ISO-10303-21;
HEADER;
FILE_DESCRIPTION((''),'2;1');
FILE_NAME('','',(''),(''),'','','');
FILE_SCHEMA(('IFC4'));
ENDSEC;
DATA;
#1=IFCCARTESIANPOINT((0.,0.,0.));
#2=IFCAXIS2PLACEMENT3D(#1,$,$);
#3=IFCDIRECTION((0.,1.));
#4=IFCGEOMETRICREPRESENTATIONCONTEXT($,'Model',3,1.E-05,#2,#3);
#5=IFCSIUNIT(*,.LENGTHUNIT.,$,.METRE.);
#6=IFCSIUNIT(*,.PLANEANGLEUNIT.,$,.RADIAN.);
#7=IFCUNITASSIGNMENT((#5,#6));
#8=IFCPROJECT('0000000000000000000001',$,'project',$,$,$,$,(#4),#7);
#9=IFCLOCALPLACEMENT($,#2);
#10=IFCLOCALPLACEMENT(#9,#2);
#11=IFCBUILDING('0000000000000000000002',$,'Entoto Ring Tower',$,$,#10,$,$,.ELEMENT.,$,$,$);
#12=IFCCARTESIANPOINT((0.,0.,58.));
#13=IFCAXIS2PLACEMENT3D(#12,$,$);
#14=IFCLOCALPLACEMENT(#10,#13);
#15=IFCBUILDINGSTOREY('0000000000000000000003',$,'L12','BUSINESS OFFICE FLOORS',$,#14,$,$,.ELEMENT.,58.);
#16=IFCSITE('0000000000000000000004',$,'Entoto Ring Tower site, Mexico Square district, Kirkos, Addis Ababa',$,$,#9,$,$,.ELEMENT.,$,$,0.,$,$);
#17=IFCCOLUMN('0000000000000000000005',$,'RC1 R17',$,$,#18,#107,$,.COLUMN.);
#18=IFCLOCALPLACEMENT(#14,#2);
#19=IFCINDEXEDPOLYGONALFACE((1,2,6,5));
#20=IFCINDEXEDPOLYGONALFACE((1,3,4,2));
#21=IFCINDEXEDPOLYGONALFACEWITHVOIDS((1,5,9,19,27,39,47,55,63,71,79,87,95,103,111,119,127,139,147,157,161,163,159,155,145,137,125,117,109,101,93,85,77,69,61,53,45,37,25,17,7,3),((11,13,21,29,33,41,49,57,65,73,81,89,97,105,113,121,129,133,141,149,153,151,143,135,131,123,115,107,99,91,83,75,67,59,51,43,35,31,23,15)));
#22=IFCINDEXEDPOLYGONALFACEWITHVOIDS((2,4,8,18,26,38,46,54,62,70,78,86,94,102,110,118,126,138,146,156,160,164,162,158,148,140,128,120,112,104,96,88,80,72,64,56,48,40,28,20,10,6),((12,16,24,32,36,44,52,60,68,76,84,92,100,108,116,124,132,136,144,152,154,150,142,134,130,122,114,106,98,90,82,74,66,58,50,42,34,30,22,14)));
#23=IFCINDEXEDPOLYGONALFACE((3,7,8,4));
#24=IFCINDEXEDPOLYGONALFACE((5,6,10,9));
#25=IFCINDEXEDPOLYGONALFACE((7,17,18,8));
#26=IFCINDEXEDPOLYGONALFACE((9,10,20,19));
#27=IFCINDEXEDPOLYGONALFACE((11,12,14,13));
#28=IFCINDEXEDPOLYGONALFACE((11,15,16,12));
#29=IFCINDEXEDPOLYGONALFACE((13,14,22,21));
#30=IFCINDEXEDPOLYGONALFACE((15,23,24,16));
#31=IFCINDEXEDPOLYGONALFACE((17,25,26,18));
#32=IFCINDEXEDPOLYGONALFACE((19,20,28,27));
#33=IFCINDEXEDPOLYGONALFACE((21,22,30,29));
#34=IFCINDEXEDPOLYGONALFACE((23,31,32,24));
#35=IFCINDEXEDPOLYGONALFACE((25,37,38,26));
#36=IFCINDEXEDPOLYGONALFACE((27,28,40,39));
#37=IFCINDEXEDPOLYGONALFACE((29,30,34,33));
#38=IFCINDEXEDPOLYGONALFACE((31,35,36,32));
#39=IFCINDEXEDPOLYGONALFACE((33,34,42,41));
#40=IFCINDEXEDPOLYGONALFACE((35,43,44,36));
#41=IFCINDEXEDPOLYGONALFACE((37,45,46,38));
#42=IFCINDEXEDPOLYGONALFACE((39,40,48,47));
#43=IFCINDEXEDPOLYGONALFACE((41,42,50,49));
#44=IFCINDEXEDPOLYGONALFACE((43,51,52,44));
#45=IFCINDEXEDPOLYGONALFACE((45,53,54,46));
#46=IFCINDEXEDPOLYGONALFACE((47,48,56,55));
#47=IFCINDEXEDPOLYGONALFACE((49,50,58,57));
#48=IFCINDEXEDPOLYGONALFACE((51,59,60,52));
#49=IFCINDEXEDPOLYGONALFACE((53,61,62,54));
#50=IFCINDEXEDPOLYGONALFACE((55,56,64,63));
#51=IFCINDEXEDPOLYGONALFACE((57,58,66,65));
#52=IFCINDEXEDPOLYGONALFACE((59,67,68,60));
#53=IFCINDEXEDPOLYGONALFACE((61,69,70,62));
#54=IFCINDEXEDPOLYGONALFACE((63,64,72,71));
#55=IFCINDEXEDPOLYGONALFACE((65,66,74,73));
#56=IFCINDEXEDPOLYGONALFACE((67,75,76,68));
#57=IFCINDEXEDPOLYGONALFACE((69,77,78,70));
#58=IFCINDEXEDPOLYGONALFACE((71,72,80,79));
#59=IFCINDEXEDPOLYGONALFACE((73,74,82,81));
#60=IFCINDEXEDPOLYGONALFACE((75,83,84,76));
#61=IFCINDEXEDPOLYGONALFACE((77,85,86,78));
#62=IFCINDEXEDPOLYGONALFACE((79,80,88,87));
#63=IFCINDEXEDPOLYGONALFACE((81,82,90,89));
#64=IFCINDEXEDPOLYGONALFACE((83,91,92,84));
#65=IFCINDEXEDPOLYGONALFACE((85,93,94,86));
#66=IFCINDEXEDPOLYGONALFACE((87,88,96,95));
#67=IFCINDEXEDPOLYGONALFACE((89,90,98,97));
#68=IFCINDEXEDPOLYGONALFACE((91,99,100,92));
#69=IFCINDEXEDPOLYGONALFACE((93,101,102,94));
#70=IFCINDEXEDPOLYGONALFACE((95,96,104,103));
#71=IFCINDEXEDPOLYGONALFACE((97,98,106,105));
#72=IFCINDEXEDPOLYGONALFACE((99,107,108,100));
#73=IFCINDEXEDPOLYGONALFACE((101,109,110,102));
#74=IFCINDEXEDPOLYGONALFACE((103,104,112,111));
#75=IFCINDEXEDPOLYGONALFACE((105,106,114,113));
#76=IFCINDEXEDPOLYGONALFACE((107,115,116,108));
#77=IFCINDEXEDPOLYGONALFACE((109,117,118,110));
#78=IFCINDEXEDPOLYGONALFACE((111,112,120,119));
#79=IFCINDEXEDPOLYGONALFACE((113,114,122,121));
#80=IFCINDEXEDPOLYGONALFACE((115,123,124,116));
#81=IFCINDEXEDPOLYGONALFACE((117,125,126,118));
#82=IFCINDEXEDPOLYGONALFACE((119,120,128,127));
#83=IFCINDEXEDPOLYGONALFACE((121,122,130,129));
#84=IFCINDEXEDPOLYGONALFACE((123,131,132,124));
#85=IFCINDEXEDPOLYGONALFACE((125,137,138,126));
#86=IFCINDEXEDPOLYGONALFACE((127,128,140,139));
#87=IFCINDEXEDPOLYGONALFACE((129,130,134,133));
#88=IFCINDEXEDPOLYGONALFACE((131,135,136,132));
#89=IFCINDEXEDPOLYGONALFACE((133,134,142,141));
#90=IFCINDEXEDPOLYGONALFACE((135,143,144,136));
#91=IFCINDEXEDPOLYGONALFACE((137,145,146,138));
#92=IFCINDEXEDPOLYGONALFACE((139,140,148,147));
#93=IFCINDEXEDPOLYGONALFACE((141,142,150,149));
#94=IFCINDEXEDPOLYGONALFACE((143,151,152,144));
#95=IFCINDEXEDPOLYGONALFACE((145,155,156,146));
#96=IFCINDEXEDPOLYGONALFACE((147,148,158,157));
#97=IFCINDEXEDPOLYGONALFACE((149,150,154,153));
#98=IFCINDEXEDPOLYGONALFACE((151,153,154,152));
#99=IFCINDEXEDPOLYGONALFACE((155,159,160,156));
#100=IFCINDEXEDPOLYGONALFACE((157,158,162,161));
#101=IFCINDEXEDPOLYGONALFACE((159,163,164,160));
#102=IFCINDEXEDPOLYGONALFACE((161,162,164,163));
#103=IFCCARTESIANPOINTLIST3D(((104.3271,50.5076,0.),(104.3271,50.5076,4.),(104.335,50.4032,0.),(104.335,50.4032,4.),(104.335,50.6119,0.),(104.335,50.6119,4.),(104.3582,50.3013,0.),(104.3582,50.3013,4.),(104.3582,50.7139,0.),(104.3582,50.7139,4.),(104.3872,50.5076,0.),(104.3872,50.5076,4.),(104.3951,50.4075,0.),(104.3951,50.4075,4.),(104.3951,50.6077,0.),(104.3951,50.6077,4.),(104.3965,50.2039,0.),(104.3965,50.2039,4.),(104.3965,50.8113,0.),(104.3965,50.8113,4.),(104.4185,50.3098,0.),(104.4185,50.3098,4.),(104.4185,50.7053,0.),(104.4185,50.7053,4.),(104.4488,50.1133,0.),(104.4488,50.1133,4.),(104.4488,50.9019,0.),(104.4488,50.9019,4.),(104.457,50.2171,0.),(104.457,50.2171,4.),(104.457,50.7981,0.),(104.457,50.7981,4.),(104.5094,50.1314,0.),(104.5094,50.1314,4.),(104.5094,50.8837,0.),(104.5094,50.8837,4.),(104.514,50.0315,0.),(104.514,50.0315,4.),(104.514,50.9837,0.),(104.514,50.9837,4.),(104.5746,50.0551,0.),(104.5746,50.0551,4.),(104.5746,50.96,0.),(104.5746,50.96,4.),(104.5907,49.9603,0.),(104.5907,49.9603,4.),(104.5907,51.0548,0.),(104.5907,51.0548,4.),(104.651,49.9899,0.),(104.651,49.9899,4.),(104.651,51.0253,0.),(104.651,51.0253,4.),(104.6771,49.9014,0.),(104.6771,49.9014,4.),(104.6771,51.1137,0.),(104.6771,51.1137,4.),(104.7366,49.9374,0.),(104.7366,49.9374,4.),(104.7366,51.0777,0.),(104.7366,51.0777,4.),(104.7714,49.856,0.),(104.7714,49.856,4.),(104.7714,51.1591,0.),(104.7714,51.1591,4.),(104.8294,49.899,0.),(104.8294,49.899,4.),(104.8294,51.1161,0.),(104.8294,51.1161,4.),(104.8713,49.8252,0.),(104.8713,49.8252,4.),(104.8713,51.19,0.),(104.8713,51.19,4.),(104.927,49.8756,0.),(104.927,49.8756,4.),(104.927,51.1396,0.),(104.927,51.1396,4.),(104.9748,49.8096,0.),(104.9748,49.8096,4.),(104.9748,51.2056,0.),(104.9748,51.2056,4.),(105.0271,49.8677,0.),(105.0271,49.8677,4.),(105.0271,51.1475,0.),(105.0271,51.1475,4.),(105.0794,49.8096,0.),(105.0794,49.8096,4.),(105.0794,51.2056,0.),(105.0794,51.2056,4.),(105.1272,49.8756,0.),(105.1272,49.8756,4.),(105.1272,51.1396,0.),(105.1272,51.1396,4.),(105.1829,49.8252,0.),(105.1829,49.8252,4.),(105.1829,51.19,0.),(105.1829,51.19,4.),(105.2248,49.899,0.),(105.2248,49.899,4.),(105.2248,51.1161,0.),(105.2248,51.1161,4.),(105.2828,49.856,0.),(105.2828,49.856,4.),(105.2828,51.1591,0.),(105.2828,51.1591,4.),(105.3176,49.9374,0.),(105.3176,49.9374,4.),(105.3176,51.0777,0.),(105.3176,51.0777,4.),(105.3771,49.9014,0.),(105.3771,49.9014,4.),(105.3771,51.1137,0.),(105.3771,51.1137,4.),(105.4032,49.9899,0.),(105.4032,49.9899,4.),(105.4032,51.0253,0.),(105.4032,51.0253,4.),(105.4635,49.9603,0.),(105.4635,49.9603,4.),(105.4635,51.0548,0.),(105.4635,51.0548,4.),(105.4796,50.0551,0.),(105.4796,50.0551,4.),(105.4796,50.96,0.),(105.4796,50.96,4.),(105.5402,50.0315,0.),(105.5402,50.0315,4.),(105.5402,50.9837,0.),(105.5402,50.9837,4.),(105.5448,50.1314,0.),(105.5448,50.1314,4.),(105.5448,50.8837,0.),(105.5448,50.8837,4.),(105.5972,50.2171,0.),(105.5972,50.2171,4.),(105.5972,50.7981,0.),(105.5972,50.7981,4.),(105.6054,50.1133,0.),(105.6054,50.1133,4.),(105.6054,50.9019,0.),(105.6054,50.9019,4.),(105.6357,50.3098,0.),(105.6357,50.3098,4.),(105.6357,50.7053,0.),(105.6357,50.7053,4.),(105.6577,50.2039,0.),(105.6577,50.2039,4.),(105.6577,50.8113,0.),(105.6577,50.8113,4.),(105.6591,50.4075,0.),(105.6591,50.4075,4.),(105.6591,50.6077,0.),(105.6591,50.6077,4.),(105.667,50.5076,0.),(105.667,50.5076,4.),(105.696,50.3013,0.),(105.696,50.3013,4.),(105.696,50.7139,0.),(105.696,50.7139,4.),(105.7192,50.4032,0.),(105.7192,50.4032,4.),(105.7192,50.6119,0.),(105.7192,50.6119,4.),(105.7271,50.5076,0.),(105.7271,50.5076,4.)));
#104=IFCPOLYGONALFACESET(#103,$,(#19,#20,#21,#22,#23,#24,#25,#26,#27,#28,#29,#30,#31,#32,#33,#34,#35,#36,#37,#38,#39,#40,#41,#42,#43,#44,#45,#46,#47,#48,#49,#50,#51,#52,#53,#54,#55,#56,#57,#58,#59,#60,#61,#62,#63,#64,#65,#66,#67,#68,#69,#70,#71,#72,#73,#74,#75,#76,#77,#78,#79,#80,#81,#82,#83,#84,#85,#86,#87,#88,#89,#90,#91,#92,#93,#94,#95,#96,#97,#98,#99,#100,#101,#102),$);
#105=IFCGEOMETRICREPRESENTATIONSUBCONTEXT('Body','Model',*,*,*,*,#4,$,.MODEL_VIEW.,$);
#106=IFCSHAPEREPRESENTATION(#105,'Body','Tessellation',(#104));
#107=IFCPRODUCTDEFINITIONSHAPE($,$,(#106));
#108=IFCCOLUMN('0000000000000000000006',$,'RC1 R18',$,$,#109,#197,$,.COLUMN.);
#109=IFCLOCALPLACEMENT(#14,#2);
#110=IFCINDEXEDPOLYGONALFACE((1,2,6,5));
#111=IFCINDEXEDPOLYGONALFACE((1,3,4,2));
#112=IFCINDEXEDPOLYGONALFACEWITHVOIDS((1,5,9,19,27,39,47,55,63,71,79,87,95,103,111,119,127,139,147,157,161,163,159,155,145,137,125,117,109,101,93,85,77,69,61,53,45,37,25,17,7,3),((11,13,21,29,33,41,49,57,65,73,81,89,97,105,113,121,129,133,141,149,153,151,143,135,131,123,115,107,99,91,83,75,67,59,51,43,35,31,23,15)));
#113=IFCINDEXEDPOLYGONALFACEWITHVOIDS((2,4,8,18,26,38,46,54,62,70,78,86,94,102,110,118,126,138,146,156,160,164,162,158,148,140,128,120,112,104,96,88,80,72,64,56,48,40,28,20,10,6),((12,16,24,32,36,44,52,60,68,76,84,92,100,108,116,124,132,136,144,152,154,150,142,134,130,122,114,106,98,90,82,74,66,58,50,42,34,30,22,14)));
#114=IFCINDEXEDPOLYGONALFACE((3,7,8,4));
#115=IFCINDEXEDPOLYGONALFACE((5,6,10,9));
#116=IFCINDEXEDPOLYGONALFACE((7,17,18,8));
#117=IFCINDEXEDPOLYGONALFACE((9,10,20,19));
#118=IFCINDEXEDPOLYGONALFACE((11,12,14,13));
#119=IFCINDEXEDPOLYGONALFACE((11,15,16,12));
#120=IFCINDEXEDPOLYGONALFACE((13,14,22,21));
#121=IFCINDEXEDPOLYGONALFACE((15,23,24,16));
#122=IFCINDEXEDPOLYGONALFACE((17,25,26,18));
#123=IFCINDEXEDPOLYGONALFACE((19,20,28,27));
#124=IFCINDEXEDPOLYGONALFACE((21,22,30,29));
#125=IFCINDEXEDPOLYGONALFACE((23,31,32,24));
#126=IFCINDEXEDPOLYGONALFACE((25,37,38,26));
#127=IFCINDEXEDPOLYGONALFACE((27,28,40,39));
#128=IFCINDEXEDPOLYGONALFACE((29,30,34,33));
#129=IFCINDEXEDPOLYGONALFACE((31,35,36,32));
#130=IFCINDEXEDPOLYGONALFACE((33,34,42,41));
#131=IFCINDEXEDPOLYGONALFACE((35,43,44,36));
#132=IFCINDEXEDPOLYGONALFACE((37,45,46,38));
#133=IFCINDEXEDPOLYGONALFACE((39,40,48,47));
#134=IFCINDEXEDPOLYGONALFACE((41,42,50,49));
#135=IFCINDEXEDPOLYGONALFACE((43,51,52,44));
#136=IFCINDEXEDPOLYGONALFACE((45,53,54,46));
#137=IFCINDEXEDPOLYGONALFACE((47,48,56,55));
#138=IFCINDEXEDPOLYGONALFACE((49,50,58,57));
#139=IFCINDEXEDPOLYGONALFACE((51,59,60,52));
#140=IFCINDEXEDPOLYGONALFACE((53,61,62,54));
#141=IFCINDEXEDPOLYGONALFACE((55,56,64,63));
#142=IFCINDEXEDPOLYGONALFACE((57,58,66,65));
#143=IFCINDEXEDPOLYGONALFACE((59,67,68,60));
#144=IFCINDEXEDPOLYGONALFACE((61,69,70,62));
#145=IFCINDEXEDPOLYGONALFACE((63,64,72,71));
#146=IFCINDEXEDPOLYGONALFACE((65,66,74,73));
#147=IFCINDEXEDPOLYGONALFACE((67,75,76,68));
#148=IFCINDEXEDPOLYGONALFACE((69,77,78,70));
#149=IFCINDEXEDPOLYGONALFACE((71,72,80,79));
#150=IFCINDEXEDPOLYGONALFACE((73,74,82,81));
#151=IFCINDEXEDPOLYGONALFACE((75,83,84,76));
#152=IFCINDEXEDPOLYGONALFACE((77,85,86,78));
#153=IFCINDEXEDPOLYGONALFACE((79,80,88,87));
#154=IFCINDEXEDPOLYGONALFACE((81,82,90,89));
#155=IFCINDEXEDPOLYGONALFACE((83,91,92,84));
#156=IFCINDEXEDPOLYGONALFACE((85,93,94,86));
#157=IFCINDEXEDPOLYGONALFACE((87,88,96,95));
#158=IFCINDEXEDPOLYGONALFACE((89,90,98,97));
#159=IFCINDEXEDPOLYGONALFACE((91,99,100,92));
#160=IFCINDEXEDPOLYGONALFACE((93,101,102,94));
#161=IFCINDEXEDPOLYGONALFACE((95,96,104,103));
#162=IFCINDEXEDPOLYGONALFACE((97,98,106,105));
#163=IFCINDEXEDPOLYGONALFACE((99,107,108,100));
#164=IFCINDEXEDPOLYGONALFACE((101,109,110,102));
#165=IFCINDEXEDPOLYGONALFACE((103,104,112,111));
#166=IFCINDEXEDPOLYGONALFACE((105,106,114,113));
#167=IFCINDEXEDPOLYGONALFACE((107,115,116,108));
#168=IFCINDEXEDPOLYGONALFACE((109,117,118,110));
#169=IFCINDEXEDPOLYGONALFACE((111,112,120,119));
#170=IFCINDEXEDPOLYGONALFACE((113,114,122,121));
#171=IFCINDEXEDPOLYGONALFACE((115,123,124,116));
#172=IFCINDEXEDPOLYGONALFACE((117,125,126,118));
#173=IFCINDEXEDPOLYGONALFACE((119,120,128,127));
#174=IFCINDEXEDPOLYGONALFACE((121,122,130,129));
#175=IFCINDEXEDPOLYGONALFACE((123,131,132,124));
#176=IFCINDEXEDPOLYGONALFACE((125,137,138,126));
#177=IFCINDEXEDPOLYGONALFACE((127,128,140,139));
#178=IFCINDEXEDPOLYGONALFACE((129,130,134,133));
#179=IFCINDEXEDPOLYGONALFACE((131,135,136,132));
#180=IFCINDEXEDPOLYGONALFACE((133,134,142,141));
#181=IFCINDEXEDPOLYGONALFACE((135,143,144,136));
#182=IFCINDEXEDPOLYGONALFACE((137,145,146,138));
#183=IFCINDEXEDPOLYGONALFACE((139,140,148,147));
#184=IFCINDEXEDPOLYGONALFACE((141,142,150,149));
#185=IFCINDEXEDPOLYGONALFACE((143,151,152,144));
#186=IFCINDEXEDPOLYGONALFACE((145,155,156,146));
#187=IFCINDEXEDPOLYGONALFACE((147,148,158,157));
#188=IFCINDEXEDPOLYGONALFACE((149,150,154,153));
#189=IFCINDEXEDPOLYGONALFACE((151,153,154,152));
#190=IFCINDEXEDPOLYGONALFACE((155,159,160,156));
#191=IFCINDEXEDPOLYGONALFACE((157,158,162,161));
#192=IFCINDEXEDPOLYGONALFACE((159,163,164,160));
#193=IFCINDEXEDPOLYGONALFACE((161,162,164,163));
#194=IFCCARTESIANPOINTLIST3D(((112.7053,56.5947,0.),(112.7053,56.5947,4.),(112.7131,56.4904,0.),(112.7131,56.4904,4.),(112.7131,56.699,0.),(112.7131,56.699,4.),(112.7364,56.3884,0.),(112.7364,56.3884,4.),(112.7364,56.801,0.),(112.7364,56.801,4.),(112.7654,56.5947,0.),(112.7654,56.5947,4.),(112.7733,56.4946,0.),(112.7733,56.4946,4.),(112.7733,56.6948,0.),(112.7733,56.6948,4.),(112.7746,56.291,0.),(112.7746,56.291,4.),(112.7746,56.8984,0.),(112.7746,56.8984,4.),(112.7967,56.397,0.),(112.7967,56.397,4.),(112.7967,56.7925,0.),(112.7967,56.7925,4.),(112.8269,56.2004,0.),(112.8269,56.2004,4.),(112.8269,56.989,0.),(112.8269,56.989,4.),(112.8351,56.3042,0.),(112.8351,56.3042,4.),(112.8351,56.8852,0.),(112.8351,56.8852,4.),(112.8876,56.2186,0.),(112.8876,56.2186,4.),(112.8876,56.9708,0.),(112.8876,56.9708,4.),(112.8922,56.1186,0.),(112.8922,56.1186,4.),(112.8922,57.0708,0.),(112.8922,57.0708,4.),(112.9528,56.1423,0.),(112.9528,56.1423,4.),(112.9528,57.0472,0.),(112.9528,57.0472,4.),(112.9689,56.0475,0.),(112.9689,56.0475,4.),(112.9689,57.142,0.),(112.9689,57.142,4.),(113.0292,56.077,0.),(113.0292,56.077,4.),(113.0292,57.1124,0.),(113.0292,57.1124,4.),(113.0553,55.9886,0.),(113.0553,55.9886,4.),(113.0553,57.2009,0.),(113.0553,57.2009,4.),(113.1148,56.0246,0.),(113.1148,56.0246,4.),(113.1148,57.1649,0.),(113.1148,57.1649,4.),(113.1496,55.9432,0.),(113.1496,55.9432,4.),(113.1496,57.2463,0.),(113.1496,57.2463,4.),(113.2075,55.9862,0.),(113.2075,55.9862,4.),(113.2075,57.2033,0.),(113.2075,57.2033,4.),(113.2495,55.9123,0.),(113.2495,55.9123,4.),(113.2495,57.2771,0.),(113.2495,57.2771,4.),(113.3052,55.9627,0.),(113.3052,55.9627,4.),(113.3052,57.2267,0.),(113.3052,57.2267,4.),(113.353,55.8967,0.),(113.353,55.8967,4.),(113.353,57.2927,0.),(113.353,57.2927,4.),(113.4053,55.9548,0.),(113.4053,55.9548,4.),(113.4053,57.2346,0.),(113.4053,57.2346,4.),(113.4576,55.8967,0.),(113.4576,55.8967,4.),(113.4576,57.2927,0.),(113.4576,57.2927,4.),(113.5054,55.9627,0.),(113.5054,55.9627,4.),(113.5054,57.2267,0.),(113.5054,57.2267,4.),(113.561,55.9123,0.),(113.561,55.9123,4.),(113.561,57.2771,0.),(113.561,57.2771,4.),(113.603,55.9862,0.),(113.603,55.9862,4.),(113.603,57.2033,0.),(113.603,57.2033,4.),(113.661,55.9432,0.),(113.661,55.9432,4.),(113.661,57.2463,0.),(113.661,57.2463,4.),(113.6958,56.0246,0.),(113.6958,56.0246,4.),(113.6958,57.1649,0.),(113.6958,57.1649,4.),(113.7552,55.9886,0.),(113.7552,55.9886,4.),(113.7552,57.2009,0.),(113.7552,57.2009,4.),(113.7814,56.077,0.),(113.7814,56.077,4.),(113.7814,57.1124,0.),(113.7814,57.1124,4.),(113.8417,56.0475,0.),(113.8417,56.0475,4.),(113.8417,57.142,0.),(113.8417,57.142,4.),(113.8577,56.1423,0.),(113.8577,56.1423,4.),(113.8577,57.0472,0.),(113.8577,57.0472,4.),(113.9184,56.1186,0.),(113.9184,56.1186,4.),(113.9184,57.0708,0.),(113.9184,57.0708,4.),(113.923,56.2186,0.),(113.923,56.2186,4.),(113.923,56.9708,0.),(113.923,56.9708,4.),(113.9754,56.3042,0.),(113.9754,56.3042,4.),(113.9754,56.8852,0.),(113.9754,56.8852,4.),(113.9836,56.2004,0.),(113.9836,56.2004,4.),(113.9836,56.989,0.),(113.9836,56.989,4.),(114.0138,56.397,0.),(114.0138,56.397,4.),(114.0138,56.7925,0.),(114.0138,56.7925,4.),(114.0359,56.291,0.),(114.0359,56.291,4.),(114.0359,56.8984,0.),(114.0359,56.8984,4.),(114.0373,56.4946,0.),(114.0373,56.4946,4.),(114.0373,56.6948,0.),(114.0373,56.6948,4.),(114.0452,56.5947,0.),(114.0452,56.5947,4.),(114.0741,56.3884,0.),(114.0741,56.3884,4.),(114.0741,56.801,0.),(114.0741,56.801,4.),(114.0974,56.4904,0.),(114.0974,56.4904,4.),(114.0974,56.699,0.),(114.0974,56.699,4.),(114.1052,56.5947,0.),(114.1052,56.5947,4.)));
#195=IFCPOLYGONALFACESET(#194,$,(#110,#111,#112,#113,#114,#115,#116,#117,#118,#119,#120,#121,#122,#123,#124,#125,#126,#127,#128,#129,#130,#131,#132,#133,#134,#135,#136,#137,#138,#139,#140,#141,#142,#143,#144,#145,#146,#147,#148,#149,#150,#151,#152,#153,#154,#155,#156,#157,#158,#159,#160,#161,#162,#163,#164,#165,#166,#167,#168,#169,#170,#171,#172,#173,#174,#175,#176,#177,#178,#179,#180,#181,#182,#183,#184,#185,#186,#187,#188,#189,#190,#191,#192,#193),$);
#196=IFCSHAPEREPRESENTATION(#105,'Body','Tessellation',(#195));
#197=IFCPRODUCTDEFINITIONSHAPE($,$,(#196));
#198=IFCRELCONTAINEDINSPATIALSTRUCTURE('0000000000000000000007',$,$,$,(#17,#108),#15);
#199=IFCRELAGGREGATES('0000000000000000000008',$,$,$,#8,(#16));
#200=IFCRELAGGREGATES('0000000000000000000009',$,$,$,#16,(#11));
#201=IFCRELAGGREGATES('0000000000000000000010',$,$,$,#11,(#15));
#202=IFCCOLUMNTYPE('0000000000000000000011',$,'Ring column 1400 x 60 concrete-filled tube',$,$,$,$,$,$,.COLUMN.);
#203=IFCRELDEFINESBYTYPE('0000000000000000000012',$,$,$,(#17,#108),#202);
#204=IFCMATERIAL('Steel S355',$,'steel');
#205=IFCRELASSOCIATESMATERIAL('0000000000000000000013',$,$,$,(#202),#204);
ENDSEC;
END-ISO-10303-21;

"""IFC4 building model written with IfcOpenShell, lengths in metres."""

from ifc_helpers import new_model, si_unit, direction, frame, origin, origin_2d, place, context, subcontext, project, spatial, circle, hollow_circle, extrude, material, material_profile, profile_set, type_object, element, save


model = new_model("IFC4")

# Units and contexts
model_context = context("Model", 3, precision=1e-05, world=origin(), true_north=direction((0.0, 1.0)))
body_context = subcontext(model_context, "Body", "Model", "MODEL_VIEW")
ifc_project = project(units=[si_unit("LENGTHUNIT", "METRE"), si_unit("PLANEANGLEUNIT", "RADIAN")], contexts=[model_context])

# Site, building, storey
site_placement = place(None, origin())
site = spatial("IfcSite", under=ifc_project, at=site_placement, Name="Entoto Ring Tower site, Mexico Square district, Kirkos, Addis Ababa", CompositionType="ELEMENT", RefElevation=0.0)
building_placement = place(site_placement, origin())
building = spatial("IfcBuilding", under=site, at=building_placement, Name="Entoto Ring Tower", CompositionType="ELEMENT")
storey_placement = place(building_placement, frame((0.0, 0.0, 58.0)))
storey = spatial("IfcBuildingStorey", under=building, at=storey_placement, Name="L12", Description="BUSINESS OFFICE FLOORS", CompositionType="ELEMENT", Elevation=58.0)

# Columns
ifc_material_1 = material(Name="Steel S355", Category="steel")
ifc_material_profile_1 = material_profile(ifc_material_1, hollow_circle(Radius=0.7, WallThickness=0.0601, at=origin_2d()), Name="CHS 1400 x 60")
ifc_material_2 = material(Name="Concrete C60/75", Category="concrete")
ifc_material_profile_2 = material_profile(ifc_material_2, circle(Radius=0.6399, at=origin_2d()), Name="Concrete C60/75 infill")
ifc_profile_set_1 = profile_set([ifc_material_profile_1, ifc_material_profile_2], Name="Steel S355")
column_type = type_object("IfcColumnType", Name="Ring column 1400 x 60 concrete-filled tube", PredefinedType="COLUMN", material=ifc_profile_set_1)
for number, where, z_axis, x_axis, name in (
    (1, (105.0271, 50.5076, 0.0), (0.0, 0.0, 1.0), (1.0, 0.0, 0.0), "RC1 R17"),
    (2, (113.4053, 56.5947, 0.0), (0.0, 0.0, 1.0), (1.0, 0.0, 0.0), "RC1 R18"),
):
    element("IfcColumn", number, at=place(storey_placement, frame(where, z_axis=z_axis, x_axis=x_axis)), inside=storey, type_object=column_type, Name=name, PredefinedType="COLUMN", context=body_context, shape_type="SweptSolid", body=[
        extrude(hollow_circle(Radius=0.7, WallThickness=0.0601, at=origin_2d()), origin(), (0.0, 0.0, 1.0), 4.0),
    ])

save(model, "model.ifc")
